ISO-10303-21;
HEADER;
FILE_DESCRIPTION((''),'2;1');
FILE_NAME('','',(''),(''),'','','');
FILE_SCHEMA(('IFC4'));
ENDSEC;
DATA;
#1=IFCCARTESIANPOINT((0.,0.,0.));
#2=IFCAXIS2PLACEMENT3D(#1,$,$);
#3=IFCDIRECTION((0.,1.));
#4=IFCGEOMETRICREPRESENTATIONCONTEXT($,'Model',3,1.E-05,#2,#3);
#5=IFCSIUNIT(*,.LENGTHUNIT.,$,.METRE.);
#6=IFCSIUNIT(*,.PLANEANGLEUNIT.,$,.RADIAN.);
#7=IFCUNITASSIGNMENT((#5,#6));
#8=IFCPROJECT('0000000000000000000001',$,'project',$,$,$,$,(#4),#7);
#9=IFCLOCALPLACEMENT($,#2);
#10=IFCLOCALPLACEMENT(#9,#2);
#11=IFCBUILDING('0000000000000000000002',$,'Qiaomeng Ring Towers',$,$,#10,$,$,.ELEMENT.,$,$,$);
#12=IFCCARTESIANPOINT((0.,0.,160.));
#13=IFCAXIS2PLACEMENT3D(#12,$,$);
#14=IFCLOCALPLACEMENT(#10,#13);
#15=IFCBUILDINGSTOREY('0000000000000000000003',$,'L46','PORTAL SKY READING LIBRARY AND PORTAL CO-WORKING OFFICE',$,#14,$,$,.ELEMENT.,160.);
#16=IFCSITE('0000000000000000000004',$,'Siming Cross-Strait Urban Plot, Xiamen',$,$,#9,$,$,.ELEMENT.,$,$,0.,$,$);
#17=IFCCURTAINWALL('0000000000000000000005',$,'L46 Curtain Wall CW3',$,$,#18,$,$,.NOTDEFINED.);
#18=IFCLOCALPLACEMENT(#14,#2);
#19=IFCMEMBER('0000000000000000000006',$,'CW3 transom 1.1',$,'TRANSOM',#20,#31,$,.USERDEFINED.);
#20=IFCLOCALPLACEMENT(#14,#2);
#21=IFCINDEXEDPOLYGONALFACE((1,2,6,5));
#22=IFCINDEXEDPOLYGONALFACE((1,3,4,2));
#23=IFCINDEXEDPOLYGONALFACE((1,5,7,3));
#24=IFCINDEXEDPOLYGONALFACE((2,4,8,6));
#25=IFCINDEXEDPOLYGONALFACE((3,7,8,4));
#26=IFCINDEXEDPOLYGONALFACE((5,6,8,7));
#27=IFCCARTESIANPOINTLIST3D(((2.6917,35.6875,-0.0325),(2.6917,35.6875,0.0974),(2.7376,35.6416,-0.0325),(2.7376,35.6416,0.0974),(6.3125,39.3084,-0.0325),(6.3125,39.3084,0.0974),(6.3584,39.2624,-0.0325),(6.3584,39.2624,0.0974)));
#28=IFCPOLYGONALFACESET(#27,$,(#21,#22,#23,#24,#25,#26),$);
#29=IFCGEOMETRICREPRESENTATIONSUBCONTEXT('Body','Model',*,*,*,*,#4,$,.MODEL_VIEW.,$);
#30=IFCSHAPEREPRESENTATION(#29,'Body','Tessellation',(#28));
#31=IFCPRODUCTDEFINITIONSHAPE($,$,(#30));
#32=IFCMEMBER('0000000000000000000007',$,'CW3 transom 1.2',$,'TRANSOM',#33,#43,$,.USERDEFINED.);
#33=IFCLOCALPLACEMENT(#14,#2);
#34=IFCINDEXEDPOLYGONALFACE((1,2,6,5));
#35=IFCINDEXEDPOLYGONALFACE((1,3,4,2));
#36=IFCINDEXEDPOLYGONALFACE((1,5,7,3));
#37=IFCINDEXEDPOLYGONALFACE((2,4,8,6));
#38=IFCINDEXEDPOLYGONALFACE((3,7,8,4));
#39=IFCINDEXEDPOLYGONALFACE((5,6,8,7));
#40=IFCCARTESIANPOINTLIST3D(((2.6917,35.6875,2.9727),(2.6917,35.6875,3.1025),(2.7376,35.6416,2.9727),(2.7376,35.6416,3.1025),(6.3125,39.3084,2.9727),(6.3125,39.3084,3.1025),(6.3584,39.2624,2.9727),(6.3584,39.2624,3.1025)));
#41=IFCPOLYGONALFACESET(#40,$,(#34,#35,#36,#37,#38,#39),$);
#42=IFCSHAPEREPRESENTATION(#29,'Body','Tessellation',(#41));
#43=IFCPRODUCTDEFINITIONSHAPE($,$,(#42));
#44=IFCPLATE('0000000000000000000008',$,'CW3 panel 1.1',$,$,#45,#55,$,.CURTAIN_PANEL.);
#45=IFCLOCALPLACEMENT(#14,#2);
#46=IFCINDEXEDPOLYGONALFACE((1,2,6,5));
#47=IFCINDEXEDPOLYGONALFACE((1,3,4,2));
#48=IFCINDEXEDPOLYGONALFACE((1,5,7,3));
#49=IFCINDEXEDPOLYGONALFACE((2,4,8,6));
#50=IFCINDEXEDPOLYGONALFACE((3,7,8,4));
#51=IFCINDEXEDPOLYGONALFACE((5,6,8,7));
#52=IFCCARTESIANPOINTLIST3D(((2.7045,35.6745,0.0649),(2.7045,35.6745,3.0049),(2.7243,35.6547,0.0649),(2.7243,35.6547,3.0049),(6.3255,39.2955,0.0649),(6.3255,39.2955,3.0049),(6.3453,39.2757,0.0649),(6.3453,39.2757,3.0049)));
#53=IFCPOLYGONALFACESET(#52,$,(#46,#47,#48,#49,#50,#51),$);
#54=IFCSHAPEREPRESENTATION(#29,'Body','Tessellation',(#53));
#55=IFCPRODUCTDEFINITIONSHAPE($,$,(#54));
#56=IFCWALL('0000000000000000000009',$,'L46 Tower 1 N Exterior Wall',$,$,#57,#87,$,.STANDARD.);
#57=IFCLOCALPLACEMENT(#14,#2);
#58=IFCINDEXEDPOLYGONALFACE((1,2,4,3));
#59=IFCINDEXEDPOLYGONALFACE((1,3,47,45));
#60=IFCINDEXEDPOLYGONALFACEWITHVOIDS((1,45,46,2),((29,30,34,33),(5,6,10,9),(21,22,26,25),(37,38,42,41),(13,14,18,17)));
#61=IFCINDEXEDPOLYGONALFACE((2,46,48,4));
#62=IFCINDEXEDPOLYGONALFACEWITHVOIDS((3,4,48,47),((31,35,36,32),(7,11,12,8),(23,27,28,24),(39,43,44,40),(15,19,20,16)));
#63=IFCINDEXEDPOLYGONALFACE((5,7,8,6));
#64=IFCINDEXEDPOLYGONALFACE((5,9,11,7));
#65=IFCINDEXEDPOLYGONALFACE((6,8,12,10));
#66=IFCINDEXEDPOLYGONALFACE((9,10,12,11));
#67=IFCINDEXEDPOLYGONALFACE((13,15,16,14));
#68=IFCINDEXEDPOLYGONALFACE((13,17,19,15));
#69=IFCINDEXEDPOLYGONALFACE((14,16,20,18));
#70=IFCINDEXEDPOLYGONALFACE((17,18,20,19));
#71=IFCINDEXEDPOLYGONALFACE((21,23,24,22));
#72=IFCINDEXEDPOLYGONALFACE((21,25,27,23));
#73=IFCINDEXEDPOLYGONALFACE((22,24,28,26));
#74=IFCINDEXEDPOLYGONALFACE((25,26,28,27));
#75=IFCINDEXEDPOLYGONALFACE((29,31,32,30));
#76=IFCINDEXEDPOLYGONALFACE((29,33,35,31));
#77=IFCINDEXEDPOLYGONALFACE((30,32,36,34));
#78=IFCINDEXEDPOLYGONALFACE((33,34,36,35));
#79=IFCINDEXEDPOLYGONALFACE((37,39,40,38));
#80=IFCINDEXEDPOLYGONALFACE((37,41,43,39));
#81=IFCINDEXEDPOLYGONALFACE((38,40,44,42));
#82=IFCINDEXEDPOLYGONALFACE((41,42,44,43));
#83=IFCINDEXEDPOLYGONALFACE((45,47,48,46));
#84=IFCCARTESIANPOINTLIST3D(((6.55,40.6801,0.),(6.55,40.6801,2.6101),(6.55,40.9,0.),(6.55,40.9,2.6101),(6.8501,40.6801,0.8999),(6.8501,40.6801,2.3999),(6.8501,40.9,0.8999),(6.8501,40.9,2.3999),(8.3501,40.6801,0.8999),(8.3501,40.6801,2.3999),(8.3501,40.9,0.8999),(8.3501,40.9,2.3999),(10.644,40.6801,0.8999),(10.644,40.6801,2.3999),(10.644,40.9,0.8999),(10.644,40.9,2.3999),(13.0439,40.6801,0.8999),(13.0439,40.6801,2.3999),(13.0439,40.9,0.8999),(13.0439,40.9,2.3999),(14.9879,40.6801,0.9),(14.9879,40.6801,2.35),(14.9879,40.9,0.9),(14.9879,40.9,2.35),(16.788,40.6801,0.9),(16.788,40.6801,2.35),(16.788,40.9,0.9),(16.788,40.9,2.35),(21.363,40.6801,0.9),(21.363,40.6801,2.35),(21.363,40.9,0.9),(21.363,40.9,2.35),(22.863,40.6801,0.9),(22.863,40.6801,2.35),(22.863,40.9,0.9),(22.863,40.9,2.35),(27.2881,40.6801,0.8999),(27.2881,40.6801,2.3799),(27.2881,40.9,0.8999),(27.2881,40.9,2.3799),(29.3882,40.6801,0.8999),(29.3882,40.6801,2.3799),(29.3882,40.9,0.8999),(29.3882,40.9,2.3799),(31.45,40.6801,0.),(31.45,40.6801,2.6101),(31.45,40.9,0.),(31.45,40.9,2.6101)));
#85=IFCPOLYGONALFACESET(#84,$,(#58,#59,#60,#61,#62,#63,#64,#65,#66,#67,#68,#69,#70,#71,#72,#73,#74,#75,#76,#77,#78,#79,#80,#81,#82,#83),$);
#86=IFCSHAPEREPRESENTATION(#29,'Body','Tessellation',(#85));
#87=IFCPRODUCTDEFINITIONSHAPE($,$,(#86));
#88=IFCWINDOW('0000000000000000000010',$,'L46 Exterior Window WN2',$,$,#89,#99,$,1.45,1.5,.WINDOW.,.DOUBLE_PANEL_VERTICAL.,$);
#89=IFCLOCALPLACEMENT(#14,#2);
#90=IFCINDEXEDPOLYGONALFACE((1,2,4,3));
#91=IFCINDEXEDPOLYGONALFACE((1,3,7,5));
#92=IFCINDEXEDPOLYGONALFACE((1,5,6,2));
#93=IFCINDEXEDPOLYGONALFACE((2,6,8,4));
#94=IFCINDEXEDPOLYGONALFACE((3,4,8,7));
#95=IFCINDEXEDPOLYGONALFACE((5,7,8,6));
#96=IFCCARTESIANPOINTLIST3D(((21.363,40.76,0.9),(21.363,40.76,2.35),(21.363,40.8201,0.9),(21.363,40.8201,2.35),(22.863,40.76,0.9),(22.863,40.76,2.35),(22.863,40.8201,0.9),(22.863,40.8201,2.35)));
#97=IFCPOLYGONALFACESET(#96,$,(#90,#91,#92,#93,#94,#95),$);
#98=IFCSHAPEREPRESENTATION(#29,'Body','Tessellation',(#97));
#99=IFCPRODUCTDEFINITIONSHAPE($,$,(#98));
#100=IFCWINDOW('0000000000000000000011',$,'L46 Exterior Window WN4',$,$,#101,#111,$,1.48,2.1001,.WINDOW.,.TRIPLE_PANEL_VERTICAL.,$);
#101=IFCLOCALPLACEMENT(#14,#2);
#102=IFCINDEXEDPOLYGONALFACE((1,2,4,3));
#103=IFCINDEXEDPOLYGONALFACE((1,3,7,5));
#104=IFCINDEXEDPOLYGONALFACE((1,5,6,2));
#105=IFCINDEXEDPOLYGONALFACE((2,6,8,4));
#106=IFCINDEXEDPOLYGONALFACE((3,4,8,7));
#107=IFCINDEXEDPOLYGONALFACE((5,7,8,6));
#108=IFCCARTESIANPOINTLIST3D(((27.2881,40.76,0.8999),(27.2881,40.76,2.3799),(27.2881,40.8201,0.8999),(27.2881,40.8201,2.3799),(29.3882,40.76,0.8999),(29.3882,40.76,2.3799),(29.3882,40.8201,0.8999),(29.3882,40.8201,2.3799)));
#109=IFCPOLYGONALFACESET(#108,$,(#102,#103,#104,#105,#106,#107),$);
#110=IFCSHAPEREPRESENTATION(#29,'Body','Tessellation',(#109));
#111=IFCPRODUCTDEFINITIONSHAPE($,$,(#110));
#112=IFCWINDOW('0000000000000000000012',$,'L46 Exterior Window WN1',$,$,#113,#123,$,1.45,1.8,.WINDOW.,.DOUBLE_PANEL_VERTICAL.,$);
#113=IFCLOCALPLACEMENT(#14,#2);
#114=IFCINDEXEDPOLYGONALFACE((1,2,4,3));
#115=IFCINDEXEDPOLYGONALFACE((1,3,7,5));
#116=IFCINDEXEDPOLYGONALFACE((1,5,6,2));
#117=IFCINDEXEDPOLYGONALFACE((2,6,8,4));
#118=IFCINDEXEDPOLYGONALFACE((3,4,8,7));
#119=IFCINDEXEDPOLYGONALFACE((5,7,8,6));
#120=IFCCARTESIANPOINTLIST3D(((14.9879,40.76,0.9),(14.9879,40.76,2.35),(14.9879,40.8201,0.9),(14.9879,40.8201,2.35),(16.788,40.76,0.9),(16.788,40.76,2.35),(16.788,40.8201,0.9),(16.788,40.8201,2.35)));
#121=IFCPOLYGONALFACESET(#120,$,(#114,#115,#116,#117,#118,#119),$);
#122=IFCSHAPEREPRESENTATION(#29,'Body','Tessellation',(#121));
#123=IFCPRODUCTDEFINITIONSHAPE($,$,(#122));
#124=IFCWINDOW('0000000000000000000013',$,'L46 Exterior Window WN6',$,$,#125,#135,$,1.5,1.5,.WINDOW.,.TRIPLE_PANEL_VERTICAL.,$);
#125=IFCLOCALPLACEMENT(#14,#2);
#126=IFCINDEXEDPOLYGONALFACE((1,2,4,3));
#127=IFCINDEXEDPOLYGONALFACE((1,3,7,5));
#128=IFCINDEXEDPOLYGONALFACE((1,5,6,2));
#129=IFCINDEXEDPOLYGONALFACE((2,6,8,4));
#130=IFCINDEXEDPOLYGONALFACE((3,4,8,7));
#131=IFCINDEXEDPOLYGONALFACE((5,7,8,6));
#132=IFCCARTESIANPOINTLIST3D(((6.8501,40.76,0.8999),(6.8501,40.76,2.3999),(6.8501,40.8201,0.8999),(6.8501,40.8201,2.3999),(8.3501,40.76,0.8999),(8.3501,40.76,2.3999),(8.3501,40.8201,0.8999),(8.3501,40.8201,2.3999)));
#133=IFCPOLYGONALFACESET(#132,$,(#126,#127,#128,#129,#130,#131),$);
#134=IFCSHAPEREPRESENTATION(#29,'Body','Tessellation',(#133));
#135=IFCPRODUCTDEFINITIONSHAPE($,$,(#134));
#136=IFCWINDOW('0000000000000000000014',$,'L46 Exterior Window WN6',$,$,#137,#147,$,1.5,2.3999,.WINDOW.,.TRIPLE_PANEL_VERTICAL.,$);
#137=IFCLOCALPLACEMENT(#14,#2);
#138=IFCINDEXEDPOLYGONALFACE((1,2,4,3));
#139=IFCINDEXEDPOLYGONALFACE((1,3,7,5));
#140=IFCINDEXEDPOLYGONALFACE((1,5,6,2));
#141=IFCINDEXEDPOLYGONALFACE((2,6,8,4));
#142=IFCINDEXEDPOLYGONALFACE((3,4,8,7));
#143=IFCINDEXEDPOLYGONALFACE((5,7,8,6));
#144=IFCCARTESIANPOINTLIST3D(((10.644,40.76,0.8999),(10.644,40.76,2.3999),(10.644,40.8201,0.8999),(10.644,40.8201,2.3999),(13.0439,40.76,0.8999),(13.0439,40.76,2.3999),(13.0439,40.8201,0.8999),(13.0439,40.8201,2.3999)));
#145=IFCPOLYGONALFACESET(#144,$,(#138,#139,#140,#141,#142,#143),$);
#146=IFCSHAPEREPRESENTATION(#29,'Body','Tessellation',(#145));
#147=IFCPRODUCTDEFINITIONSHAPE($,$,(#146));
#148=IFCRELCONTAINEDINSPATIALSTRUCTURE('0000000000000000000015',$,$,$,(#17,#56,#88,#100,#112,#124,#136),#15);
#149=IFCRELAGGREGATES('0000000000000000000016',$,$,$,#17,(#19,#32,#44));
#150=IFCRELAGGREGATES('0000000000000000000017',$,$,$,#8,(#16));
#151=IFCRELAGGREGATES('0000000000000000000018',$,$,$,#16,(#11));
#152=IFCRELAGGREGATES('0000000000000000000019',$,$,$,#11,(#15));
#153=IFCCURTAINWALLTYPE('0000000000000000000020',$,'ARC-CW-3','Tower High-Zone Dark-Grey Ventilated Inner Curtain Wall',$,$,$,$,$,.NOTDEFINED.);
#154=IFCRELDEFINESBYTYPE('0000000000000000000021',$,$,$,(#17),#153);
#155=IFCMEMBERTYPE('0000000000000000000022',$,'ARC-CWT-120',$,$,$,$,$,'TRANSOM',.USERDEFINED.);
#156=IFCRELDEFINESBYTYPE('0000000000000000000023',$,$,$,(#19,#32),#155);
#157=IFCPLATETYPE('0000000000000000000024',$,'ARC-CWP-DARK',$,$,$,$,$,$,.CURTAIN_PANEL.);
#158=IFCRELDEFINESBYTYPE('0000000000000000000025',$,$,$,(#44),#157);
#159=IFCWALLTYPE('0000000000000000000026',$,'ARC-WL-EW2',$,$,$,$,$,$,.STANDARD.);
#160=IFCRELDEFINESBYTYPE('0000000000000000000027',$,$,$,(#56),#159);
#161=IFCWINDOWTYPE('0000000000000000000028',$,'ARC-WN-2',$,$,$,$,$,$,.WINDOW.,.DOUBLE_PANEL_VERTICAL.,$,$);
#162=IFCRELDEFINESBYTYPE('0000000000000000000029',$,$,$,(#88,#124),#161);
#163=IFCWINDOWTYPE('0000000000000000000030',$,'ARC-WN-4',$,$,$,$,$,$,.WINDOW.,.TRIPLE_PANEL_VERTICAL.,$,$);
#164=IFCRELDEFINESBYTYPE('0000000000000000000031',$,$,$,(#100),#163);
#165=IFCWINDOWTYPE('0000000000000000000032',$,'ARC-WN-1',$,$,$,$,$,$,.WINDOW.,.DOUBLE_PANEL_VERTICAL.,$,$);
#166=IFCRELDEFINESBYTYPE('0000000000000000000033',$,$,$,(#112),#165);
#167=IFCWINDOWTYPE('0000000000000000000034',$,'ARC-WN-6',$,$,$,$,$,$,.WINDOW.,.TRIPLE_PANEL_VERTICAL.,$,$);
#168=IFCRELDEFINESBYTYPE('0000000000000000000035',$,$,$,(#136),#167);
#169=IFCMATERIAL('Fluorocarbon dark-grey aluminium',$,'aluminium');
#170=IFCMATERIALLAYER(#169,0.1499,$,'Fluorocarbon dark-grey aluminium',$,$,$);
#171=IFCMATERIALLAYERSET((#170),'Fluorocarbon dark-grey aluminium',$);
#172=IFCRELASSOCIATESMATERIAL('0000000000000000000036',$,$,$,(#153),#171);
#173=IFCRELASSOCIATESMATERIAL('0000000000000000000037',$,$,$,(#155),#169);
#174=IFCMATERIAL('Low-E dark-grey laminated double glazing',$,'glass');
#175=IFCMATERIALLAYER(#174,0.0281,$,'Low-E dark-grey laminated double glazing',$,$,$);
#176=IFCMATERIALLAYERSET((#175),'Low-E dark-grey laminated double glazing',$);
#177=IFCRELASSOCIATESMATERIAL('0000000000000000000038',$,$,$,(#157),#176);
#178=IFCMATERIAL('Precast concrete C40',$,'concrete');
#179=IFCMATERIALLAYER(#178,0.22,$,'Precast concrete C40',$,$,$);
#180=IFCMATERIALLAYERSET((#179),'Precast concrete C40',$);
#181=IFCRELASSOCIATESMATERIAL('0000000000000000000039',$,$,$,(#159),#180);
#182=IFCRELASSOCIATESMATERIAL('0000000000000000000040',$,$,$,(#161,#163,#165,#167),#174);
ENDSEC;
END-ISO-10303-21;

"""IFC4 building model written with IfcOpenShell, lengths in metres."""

from ifc_helpers import new_model, si_unit, direction, frame, frame_2d, origin, origin_2d, place, context, subcontext, project, spatial, rectangle, extrude, source, transform, mapped, material, layer, layer_set, material_profile, profile_set, type_object, element, fill, aggregate, save


model = new_model("IFC4")

# Units and contexts
model_context = context("Model", 3, precision=1e-05, world=origin(), true_north=direction((0.0, 1.0)))
body_context = subcontext(model_context, "Body", "Model", "MODEL_VIEW")
ifc_project = project(units=[si_unit("LENGTHUNIT", "METRE"), si_unit("PLANEANGLEUNIT", "RADIAN")], contexts=[model_context])

# Site, building, storey
site_placement = place(None, origin())
site = spatial("IfcSite", under=ifc_project, at=site_placement, Name="Siming Cross-Strait Urban Plot, Xiamen", CompositionType="ELEMENT", RefElevation=0.0)
building_placement = place(site_placement, origin())
building = spatial("IfcBuilding", under=site, at=building_placement, Name="Qiaomeng Ring Towers", CompositionType="ELEMENT")
storey_placement = place(building_placement, frame((0.0, 0.0, 160.0)))
storey = spatial("IfcBuildingStorey", under=building, at=storey_placement, Name="L46", Description="PORTAL SKY READING LIBRARY AND PORTAL CO-WORKING OFFICE", CompositionType="ELEMENT", Elevation=160.0)

# Curtain wall, members, plate
ifc_material_1 = material(Name="Fluorocarbon dark-grey aluminium", Category="aluminium")
ifc_layer_1 = layer(ifc_material_1, 0.1499, Name="Fluorocarbon dark-grey aluminium")
ifc_layer_set_1 = layer_set([ifc_layer_1], Name="Fluorocarbon dark-grey aluminium")
curtain_wall_type = type_object("IfcCurtainWallType", Name="ARC-CW-3", Description="Tower High-Zone Dark-Grey Ventilated Inner Curtain Wall", PredefinedType="NOTDEFINED", material=ifc_layer_set_1)
curtain_wall_placement = place(storey_placement, origin())
curtain_wall = element("IfcCurtainWall", 1, at=curtain_wall_placement, inside=storey, type_object=curtain_wall_type, Name="L46 Curtain Wall CW3", PredefinedType="NOTDEFINED")
ifc_material_profile_1 = material_profile(ifc_material_1, rectangle(XDim=0.0649, YDim=0.1299, at=origin_2d()), Name="ALU TRAN 65x130")
ifc_profile_set_1 = profile_set([ifc_material_profile_1], Name="Fluorocarbon dark-grey aluminium")
member_type_1 = type_object("IfcMemberType", Name="ARC-CWT-120", ElementType="TRANSOM", PredefinedType="USERDEFINED", material=ifc_profile_set_1)
shared_shape_1 = source(origin(), body_context, "Body", "SweptSolid", [
    extrude(rectangle(XDim=0.0649, YDim=0.1299, at=origin_2d()), origin(), (0.0, 0.0, 1.0), 5.1206),
])
member_1_placement = place(storey_placement, frame((6.3354, 39.2854, 0.0325), z_axis=(-0.707107, -0.707107, 0.0), x_axis=(0.707107, -0.707107, 0.0)))
member_1 = element("IfcMember", 2, at=member_1_placement, type_object=member_type_1, Name="CW3 transom 1.1", ObjectType="TRANSOM", PredefinedType="USERDEFINED", context=body_context, shape_type="MappedRepresentation", body=[
    mapped(shared_shape_1, transform((0.0, 0.0, 0.0), x_axis=(1.0, 0.0, 0.0), y_axis=(0.0, 1.0, 0.0), z_axis=(0.0, 0.0, 1.0), scale=1.0)),
])
member_2_placement = place(storey_placement, frame((6.3354, 39.2854, 3.0376), z_axis=(-0.707107, -0.707107, 0.0), x_axis=(0.707107, -0.707107, 0.0)))
member_2 = element("IfcMember", 3, at=member_2_placement, type_object=member_type_1, Name="CW3 transom 1.2", ObjectType="TRANSOM", PredefinedType="USERDEFINED", context=body_context, shape_type="MappedRepresentation", body=[
    mapped(shared_shape_1, transform((0.0, 0.0, 0.0), x_axis=(1.0, 0.0, 0.0), y_axis=(0.0, 1.0, 0.0), z_axis=(0.0, 0.0, 1.0), scale=1.0)),
])
ifc_material_2 = material(Name="Low-E dark-grey laminated double glazing", Category="glass")
ifc_layer_2 = layer(ifc_material_2, 0.0281, Name="Low-E dark-grey laminated double glazing")
ifc_layer_set_2 = layer_set([ifc_layer_2], Name="Low-E dark-grey laminated double glazing")
plate_type = type_object("IfcPlateType", Name="ARC-CWP-DARK", PredefinedType="CURTAIN_PANEL", material=ifc_layer_set_2)
shared_shape_2 = source(origin(), body_context, "Body", "SweptSolid", [
    extrude(rectangle(XDim=5.1208, YDim=0.0281, at=origin_2d()), origin(), (0.0, 0.0, 1.0), 2.9399),
])
plate_placement = place(storey_placement, frame((4.5249, 37.4751, 0.0649), z_axis=(0.0, 0.0, 1.0), x_axis=(-0.707107, -0.707107, 0.0)))
plate = element("IfcPlate", 4, at=plate_placement, type_object=plate_type, Name="CW3 panel 1.1", PredefinedType="CURTAIN_PANEL", context=body_context, shape_type="MappedRepresentation", body=[
    mapped(shared_shape_2, transform((0.0, 0.0, 0.0), x_axis=(1.0, 0.0, 0.0), y_axis=(0.0, 1.0, 0.0), z_axis=(0.0, 0.0, 1.0), scale=1.0)),
])
aggregate(curtain_wall, [member_1, member_2, plate])

# Wall, openings, windows
ifc_material_3 = material(Name="Precast concrete C40", Category="concrete")
ifc_layer_3 = layer(ifc_material_3, 0.22, Name="Precast concrete C40")
ifc_layer_set_3 = layer_set([ifc_layer_3], Name="Precast concrete C40")
wall_type_1 = type_object("IfcWallType", Name="ARC-WL-EW2", PredefinedType="STANDARD", material=ifc_layer_set_3)
wall_1_placement = place(storey_placement, frame((6.55, 40.79, 0.0), z_axis=(0.0, 0.0, 1.0), x_axis=(1.0, 0.0, 0.0)))
wall_1 = element("IfcWall", 5, at=wall_1_placement, inside=storey, type_object=wall_type_1, Name="L46 Tower 1 N Exterior Wall", PredefinedType="STANDARD", context=body_context, shape_type="SweptSolid", body=[
    extrude(rectangle(XDim=24.8999, YDim=0.22, at=frame_2d((12.45, 0.0))), origin(), (0.0, 0.0, 1.0), 2.6101),
])
opening_1_placement = place(wall_1_placement, frame((0.3, 0.0, 0.8999)))
opening_1 = element("IfcOpeningElement", 6, at=opening_1_placement, cuts=wall_1, PredefinedType="OPENING", context=body_context, shape_type="SweptSolid", body=[
    extrude(rectangle(XDim=1.5, YDim=1.5, at=frame_2d((0.75, 0.75))), frame((0.0, 0.1199, 0.0), z_axis=(0.0, -1.0, 0.0), x_axis=(1.0, 0.0, 0.0)), (0.0, 0.0, 1.0), 0.24),
])
opening_2_placement = place(wall_1_placement, frame((8.438, 0.0, 0.8999)))
opening_2 = element("IfcOpeningElement", 7, at=opening_2_placement, cuts=wall_1, PredefinedType="OPENING", context=body_context, shape_type="SweptSolid", body=[
    extrude(rectangle(XDim=1.8, YDim=1.45, at=frame_2d((0.8999, 0.7251))), frame((0.0, 0.1199, 0.0), z_axis=(0.0, -1.0, 0.0), x_axis=(1.0, 0.0, 0.0)), (0.0, 0.0, 1.0), 0.24),
])
opening_3_placement = place(wall_1_placement, frame((14.813, 0.0, 0.8999)))
opening_3 = element("IfcOpeningElement", 8, at=opening_3_placement, cuts=wall_1, PredefinedType="OPENING", context=body_context, shape_type="SweptSolid", body=[
    extrude(rectangle(XDim=1.5, YDim=1.45, at=frame_2d((0.75, 0.7251))), frame((0.0, 0.1199, 0.0), z_axis=(0.0, -1.0, 0.0), x_axis=(1.0, 0.0, 0.0)), (0.0, 0.0, 1.0), 0.24),
])
opening_4_placement = place(wall_1_placement, frame((20.738, 0.0, 0.8999)))
opening_4 = element("IfcOpeningElement", 9, at=opening_4_placement, cuts=wall_1, PredefinedType="OPENING", context=body_context, shape_type="SweptSolid", body=[
    extrude(rectangle(XDim=2.1001, YDim=1.48, at=frame_2d((1.05, 0.74))), frame((0.0, 0.1199, 0.0), z_axis=(0.0, -1.0, 0.0), x_axis=(1.0, 0.0, 0.0)), (0.0, 0.0, 1.0), 0.24),
])
opening_5_placement = place(wall_1_placement, frame((4.094, 0.0, 0.8999)))
opening_5 = element("IfcOpeningElement", 10, at=opening_5_placement, cuts=wall_1, PredefinedType="OPENING", context=body_context, shape_type="SweptSolid", body=[
    extrude(rectangle(XDim=2.3999, YDim=1.5, at=frame_2d((1.2, 0.75))), frame((0.0, 0.1199, 0.0), z_axis=(0.0, -1.0, 0.0), x_axis=(1.0, 0.0, 0.0)), (0.0, 0.0, 1.0), 0.24),
])
window_type_1 = type_object("IfcWindowType", Name="ARC-WN-2", PartitioningType="DOUBLE_PANEL_VERTICAL", PredefinedType="WINDOW", material=ifc_material_2)
shared_shape_3 = source(origin(), body_context, "Body", "SweptSolid", [
    extrude(rectangle(XDim=1.5, YDim=1.45, at=frame_2d((0.75, 0.7251))), frame((0.0, 0.03, 0.0), z_axis=(0.0, -1.0, 0.0), x_axis=(1.0, 0.0, 0.0)), (0.0, 0.0, 1.0), 0.0601),
])
window_1_placement = place(opening_3_placement, origin())
window_1 = element("IfcWindow", 11, at=window_1_placement, inside=storey, type_object=window_type_1, Name="L46 Exterior Window WN2", OverallHeight=1.45, OverallWidth=1.5, PartitioningType="DOUBLE_PANEL_VERTICAL", PredefinedType="WINDOW", context=body_context, shape_type="MappedRepresentation", body=[
    mapped(shared_shape_3, transform((0.0, 0.0, 0.0), x_axis=(1.0, 0.0, 0.0), y_axis=(0.0, 1.0, 0.0), z_axis=(0.0, 0.0, 1.0), scale=1.0)),
])
fill(opening_3, window_1)
window_type_2 = type_object("IfcWindowType", Name="ARC-WN-4", PartitioningType="TRIPLE_PANEL_VERTICAL", PredefinedType="WINDOW", material=ifc_material_2)
shared_shape_4 = source(origin(), body_context, "Body", "SweptSolid", [
    extrude(rectangle(XDim=2.1001, YDim=1.48, at=frame_2d((1.05, 0.74))), frame((0.0, 0.03, 0.0), z_axis=(0.0, -1.0, 0.0), x_axis=(1.0, 0.0, 0.0)), (0.0, 0.0, 1.0), 0.0601),
])
window_2_placement = place(opening_4_placement, origin())
window_2 = element("IfcWindow", 12, at=window_2_placement, inside=storey, type_object=window_type_2, Name="L46 Exterior Window WN4", OverallHeight=1.48, OverallWidth=2.1001, PartitioningType="TRIPLE_PANEL_VERTICAL", PredefinedType="WINDOW", context=body_context, shape_type="MappedRepresentation", body=[
    mapped(shared_shape_4, transform((0.0, 0.0, 0.0), x_axis=(1.0, 0.0, 0.0), y_axis=(0.0, 1.0, 0.0), z_axis=(0.0, 0.0, 1.0), scale=1.0)),
])
fill(opening_4, window_2)
window_type_3 = type_object("IfcWindowType", Name="ARC-WN-1", PartitioningType="DOUBLE_PANEL_VERTICAL", PredefinedType="WINDOW", material=ifc_material_2)
shared_shape_5 = source(origin(), body_context, "Body", "SweptSolid", [
    extrude(rectangle(XDim=1.8, YDim=1.45, at=frame_2d((0.8999, 0.7251))), frame((0.0, 0.03, 0.0), z_axis=(0.0, -1.0, 0.0), x_axis=(1.0, 0.0, 0.0)), (0.0, 0.0, 1.0), 0.0601),
])
window_3_placement = place(opening_2_placement, origin())
window_3 = element("IfcWindow", 13, at=window_3_placement, inside=storey, type_object=window_type_3, Name="L46 Exterior Window WN1", OverallHeight=1.45, OverallWidth=1.8, PartitioningType="DOUBLE_PANEL_VERTICAL", PredefinedType="WINDOW", context=body_context, shape_type="MappedRepresentation", body=[
    mapped(shared_shape_5, transform((0.0, 0.0, 0.0), x_axis=(1.0, 0.0, 0.0), y_axis=(0.0, 1.0, 0.0), z_axis=(0.0, 0.0, 1.0), scale=1.0)),
])
fill(opening_2, window_3)
shared_shape_6 = source(origin(), body_context, "Body", "SweptSolid", [
    extrude(rectangle(XDim=1.5, YDim=1.5, at=frame_2d((0.75, 0.75))), frame((0.0, 0.03, 0.0), z_axis=(0.0, -1.0, 0.0), x_axis=(1.0, 0.0, 0.0)), (0.0, 0.0, 1.0), 0.0601),
])
window_4_placement = place(opening_1_placement, origin())
window_4 = element("IfcWindow", 14, at=window_4_placement, inside=storey, type_object=window_type_1, Name="L46 Exterior Window WN6", OverallHeight=1.5, OverallWidth=1.5, PartitioningType="TRIPLE_PANEL_VERTICAL", PredefinedType="WINDOW", context=body_context, shape_type="MappedRepresentation", body=[
    mapped(shared_shape_6, transform((0.0, 0.0, 0.0), x_axis=(1.0, 0.0, 0.0), y_axis=(0.0, 1.0, 0.0), z_axis=(0.0, 0.0, 1.0), scale=1.0)),
])
fill(opening_1, window_4)
window_type_4 = type_object("IfcWindowType", Name="ARC-WN-6", PartitioningType="TRIPLE_PANEL_VERTICAL", PredefinedType="WINDOW", material=ifc_material_2)
shared_shape_7 = source(origin(), body_context, "Body", "SweptSolid", [
    extrude(rectangle(XDim=2.3999, YDim=1.5, at=frame_2d((1.2, 0.75))), frame((0.0, 0.03, 0.0), z_axis=(0.0, -1.0, 0.0), x_axis=(1.0, 0.0, 0.0)), (0.0, 0.0, 1.0), 0.0601),
])
window_5_placement = place(opening_5_placement, origin())
window_5 = element("IfcWindow", 15, at=window_5_placement, inside=storey, type_object=window_type_4, Name="L46 Exterior Window WN6", OverallHeight=1.5, OverallWidth=2.3999, PartitioningType="TRIPLE_PANEL_VERTICAL", PredefinedType="WINDOW", context=body_context, shape_type="MappedRepresentation", body=[
    mapped(shared_shape_7, transform((0.0, 0.0, 0.0), x_axis=(1.0, 0.0, 0.0), y_axis=(0.0, 1.0, 0.0), z_axis=(0.0, 0.0, 1.0), scale=1.0)),
])
fill(opening_5, window_5)

save(model, "model.ifc")
